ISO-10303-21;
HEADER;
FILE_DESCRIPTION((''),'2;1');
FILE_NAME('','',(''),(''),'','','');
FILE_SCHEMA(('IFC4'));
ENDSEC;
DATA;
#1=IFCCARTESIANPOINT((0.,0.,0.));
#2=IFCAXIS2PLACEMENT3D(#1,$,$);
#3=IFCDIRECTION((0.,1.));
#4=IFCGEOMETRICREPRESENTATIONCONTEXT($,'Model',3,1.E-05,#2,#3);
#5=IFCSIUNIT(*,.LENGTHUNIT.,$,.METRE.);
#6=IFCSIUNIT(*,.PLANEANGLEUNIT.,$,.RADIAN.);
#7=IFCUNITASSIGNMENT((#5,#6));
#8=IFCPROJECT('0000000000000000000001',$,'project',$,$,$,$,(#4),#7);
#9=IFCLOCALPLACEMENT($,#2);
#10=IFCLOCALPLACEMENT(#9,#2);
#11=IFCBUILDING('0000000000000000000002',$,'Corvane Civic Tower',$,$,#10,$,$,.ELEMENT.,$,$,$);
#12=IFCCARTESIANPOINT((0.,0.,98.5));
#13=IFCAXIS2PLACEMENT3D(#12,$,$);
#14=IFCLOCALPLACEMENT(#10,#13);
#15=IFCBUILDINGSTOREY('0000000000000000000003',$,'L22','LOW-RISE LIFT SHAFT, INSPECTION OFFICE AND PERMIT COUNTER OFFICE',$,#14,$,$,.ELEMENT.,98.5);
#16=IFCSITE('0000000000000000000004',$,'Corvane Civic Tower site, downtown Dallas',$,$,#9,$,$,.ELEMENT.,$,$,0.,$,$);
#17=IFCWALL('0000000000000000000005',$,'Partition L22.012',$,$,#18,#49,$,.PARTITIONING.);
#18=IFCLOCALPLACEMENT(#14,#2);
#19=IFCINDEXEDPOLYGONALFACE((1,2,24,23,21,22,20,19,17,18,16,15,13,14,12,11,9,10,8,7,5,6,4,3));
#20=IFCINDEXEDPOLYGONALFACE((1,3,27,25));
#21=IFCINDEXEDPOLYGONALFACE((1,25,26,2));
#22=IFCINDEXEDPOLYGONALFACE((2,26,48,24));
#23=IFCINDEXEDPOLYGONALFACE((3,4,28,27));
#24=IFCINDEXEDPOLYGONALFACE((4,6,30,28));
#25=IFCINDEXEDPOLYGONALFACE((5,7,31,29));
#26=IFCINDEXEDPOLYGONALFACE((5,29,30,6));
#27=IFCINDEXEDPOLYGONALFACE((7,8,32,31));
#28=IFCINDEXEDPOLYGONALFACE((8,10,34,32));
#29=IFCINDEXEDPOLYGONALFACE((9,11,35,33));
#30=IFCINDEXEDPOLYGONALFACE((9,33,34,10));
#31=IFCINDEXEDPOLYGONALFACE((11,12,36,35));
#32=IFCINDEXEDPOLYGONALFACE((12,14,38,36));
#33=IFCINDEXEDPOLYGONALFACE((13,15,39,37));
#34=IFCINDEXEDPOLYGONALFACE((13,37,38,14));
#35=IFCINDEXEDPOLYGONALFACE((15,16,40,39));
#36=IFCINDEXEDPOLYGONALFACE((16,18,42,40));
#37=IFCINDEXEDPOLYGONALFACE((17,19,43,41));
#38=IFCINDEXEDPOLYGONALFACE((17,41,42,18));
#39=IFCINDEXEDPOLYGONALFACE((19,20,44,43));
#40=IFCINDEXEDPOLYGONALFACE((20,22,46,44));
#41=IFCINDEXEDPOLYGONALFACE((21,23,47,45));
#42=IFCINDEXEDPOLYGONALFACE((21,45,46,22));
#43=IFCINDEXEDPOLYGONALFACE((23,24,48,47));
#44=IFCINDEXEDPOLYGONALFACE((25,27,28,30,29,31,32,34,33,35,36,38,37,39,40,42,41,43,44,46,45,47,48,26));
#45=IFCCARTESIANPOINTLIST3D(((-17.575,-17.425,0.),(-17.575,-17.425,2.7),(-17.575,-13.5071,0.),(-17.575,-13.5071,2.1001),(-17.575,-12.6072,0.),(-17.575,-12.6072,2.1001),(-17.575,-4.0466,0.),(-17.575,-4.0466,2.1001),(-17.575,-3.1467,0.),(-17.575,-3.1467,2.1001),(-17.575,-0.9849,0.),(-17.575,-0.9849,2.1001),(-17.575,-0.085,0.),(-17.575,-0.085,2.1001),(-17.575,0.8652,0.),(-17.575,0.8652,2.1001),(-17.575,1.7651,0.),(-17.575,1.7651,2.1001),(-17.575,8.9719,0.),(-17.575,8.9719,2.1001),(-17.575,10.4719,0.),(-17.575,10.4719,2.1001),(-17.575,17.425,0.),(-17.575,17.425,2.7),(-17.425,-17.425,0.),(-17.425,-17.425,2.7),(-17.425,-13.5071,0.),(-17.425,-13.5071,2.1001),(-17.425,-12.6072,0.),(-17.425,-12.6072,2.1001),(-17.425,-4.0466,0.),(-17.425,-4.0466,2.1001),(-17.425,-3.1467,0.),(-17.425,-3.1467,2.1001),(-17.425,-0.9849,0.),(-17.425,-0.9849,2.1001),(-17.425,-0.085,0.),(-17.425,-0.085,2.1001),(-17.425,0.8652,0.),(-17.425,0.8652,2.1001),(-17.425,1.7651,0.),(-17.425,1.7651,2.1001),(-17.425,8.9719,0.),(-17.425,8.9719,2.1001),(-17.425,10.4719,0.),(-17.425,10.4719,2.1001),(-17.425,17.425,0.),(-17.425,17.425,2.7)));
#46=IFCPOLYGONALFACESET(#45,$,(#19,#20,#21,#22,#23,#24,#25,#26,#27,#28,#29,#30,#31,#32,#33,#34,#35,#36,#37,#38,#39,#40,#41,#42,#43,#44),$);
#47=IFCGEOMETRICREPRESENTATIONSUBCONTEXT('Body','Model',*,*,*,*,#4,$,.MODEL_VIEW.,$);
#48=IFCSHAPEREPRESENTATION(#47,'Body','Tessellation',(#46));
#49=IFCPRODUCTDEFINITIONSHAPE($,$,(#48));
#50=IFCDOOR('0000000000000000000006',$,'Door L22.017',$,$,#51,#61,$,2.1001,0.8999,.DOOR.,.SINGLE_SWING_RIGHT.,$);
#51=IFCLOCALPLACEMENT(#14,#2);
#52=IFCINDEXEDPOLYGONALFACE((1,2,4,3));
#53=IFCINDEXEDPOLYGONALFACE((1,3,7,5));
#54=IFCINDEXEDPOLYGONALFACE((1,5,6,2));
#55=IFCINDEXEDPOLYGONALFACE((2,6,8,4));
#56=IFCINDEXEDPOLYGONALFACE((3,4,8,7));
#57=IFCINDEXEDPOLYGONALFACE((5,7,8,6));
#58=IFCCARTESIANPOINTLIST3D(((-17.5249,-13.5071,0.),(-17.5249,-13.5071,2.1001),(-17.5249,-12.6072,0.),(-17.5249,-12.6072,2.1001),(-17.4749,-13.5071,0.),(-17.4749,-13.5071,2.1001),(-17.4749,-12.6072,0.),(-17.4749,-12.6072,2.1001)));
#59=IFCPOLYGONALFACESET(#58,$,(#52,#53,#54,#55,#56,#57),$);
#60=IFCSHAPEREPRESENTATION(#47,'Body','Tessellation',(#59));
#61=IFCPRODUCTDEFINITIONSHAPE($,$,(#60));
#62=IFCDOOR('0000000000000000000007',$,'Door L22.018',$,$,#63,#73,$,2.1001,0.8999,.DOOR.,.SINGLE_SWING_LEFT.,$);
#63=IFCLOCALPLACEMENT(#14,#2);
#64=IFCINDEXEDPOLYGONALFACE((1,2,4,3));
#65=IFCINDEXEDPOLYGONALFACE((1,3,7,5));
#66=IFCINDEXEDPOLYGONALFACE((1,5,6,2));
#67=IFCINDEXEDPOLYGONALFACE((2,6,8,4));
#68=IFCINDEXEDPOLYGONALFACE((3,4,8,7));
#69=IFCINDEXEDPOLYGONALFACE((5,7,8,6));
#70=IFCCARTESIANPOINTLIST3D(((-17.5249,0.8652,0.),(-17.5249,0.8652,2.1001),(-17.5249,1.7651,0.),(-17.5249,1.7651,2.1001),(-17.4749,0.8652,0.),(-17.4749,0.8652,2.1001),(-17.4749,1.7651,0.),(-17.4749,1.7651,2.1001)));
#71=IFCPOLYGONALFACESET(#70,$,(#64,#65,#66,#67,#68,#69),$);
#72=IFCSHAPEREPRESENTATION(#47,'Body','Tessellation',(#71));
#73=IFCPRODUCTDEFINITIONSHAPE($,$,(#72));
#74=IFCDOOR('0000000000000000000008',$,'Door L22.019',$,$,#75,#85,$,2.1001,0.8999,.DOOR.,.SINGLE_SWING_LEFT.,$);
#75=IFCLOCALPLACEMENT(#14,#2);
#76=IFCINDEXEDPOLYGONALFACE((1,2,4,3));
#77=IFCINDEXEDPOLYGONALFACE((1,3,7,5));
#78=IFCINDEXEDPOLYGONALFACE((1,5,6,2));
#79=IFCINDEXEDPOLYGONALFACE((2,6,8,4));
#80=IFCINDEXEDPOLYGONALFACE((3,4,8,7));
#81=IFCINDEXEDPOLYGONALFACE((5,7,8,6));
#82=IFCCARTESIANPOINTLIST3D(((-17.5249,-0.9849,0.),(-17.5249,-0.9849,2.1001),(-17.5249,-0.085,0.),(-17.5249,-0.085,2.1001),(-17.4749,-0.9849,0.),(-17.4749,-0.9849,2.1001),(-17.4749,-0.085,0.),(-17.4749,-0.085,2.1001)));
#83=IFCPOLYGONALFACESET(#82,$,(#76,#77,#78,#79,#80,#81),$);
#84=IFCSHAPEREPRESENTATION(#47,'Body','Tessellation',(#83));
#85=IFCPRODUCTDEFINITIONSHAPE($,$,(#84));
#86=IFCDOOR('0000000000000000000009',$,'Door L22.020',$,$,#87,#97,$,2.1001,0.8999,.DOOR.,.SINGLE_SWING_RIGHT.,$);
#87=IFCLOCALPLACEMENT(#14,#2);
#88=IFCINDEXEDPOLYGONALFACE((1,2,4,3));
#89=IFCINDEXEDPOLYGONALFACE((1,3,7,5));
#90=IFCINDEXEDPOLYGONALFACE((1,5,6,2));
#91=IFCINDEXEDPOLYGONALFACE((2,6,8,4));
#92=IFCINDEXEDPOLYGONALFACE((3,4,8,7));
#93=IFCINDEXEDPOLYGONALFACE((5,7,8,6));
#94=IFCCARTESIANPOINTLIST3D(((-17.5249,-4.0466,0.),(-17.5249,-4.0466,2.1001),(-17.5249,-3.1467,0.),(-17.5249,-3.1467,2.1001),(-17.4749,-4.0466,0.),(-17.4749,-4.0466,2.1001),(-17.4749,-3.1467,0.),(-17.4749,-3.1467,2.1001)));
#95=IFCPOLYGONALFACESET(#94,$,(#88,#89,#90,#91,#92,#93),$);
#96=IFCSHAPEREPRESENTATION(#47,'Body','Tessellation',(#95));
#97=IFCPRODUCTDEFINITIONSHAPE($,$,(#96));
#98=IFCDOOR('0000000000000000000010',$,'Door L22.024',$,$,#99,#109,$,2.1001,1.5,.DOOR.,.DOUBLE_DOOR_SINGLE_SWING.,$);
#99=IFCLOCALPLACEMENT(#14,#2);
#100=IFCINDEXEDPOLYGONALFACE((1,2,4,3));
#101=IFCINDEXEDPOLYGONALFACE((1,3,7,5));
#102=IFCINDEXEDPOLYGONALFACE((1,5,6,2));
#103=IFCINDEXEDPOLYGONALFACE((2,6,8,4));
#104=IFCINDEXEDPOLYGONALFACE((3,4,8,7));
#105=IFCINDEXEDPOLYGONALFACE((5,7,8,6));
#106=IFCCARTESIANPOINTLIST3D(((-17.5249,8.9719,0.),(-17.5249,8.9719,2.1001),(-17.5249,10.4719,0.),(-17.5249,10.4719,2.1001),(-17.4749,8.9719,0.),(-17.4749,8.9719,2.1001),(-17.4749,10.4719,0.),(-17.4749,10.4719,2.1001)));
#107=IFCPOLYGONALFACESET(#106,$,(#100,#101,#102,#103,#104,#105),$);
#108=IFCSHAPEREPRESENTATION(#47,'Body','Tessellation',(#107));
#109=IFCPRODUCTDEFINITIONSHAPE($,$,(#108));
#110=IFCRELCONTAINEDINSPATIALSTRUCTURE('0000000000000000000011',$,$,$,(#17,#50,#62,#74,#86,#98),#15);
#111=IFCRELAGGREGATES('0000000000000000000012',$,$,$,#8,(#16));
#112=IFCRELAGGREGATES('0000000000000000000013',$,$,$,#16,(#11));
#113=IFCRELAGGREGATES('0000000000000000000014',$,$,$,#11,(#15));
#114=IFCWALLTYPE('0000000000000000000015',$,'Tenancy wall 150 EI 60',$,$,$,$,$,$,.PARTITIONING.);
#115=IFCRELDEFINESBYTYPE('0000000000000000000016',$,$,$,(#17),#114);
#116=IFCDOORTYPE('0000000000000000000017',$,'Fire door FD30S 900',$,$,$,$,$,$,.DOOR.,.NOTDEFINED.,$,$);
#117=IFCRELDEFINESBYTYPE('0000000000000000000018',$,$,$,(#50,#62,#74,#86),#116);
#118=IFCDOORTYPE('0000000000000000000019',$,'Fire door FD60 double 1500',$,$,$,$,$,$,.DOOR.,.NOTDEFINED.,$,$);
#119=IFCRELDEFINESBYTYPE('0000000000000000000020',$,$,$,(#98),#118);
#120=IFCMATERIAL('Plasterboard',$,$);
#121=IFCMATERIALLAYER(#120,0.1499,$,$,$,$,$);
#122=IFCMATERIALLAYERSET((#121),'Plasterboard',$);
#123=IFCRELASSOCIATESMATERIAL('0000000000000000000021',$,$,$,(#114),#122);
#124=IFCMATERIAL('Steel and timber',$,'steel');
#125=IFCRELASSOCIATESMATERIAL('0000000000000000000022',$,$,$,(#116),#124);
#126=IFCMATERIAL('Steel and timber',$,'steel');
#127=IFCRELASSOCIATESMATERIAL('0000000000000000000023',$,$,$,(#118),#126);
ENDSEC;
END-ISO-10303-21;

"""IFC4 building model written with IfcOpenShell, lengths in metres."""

from ifc_helpers import new_model, si_unit, direction, frame, frame_2d, origin, place, context, subcontext, project, spatial, rectangle, extrude, material, layer, layer_set, type_object, element, fill, save


model = new_model("IFC4")

# Units and contexts
model_context = context("Model", 3, precision=1e-05, world=origin(), true_north=direction((0.0, 1.0)))
body_context = subcontext(model_context, "Body", "Model", "MODEL_VIEW")
ifc_project = project(units=[si_unit("LENGTHUNIT", "METRE"), si_unit("PLANEANGLEUNIT", "RADIAN")], contexts=[model_context])

# Site, building, storey
site_placement = place(None, origin())
site = spatial("IfcSite", under=ifc_project, at=site_placement, Name="Corvane Civic Tower site, downtown Dallas", CompositionType="ELEMENT", RefElevation=0.0)
building_placement = place(site_placement, origin())
building = spatial("IfcBuilding", under=site, at=building_placement, Name="Corvane Civic Tower", CompositionType="ELEMENT")
storey_placement = place(building_placement, frame((0.0, 0.0, 98.5)))
storey = spatial("IfcBuildingStorey", under=building, at=storey_placement, Name="L22", Description="LOW-RISE LIFT SHAFT, INSPECTION OFFICE AND PERMIT COUNTER OFFICE", CompositionType="ELEMENT", Elevation=98.5)

# Wall, openings, doors
ifc_material_1 = material(Name="Plasterboard")
ifc_layer_1 = layer(ifc_material_1, 0.1499)
ifc_layer_set_1 = layer_set([ifc_layer_1], Name="Plasterboard")
wall_type_1 = type_object("IfcWallType", Name="Tenancy wall 150 EI 60", PredefinedType="PARTITIONING", material=ifc_layer_set_1)
wall_1_placement = place(storey_placement, frame((-17.5, -17.425, 0.0), z_axis=(0.0, 0.0, 1.0), x_axis=(0.0, 1.0, 0.0)))
wall_1 = element("IfcWall", 1, at=wall_1_placement, inside=storey, type_object=wall_type_1, Name="Partition L22.012", PredefinedType="PARTITIONING", context=body_context, shape_type="SweptSolid", body=[
    extrude(rectangle(XDim=34.8501, YDim=0.1499, at=frame_2d((17.425, 0.0))), origin(), (0.0, 0.0, 1.0), 2.7),
])
opening_1_placement = place(wall_1_placement, frame((3.918, 0.0, 0.0)))
opening_1 = element("IfcOpeningElement", 2, at=opening_1_placement, cuts=wall_1, PredefinedType="OPENING", context=body_context, shape_type="SweptSolid", body=[
    extrude(rectangle(XDim=0.8999, YDim=2.1001, at=frame_2d((0.45, 1.05))), frame((0.0, 0.085, 0.0), z_axis=(0.0, -1.0, 0.0), x_axis=(1.0, 0.0, 0.0)), (0.0, 0.0, 1.0), 0.1699),
])
opening_2_placement = place(wall_1_placement, frame((18.2903, 0.0, 0.0)))
opening_2 = element("IfcOpeningElement", 3, at=opening_2_placement, cuts=wall_1, PredefinedType="OPENING", context=body_context, shape_type="SweptSolid", body=[
    extrude(rectangle(XDim=0.8999, YDim=2.1001, at=frame_2d((0.45, 1.05))), frame((0.0, 0.085, 0.0), z_axis=(0.0, -1.0, 0.0), x_axis=(1.0, 0.0, 0.0)), (0.0, 0.0, 1.0), 0.1699),
])
opening_3_placement = place(wall_1_placement, frame((16.4402, 0.0, 0.0)))
opening_3 = element("IfcOpeningElement", 4, at=opening_3_placement, cuts=wall_1, PredefinedType="OPENING", context=body_context, shape_type="SweptSolid", body=[
    extrude(rectangle(XDim=0.8999, YDim=2.1001, at=frame_2d((0.45, 1.05))), frame((0.0, 0.085, 0.0), z_axis=(0.0, -1.0, 0.0), x_axis=(1.0, 0.0, 0.0)), (0.0, 0.0, 1.0), 0.1699),
])
opening_4_placement = place(wall_1_placement, frame((13.3784, 0.0, 0.0)))
opening_4 = element("IfcOpeningElement", 5, at=opening_4_placement, cuts=wall_1, PredefinedType="OPENING", context=body_context, shape_type="SweptSolid", body=[
    extrude(rectangle(XDim=0.8999, YDim=2.1001, at=frame_2d((0.45, 1.05))), frame((0.0, 0.085, 0.0), z_axis=(0.0, -1.0, 0.0), x_axis=(1.0, 0.0, 0.0)), (0.0, 0.0, 1.0), 0.1699),
])
opening_5_placement = place(wall_1_placement, frame((26.397, 0.0, 0.0)))
opening_5 = element("IfcOpeningElement", 6, at=opening_5_placement, cuts=wall_1, PredefinedType="OPENING", context=body_context, shape_type="SweptSolid", body=[
    extrude(rectangle(XDim=1.5, YDim=2.1001, at=frame_2d((0.75, 1.05))), frame((0.0, 0.085, 0.0), z_axis=(0.0, -1.0, 0.0), x_axis=(1.0, 0.0, 0.0)), (0.0, 0.0, 1.0), 0.1699),
])
ifc_material_2 = material(Name="Steel and timber", Category="steel")
door_type_1 = type_object("IfcDoorType", Name="Fire door FD30S 900", OperationType="NOTDEFINED", PredefinedType="DOOR", material=ifc_material_2)
door_1_placement = place(opening_1_placement, origin())
door_1 = element("IfcDoor", 7, at=door_1_placement, inside=storey, type_object=door_type_1, Name="Door L22.017", OperationType="SINGLE_SWING_RIGHT", OverallHeight=2.1001, OverallWidth=0.8999, PredefinedType="DOOR", context=body_context, shape_type="SweptSolid", body=[
    extrude(rectangle(XDim=0.8999, YDim=2.1001, at=frame_2d((0.45, 1.05))), frame((0.0, 0.0249, 0.0), z_axis=(0.0, -1.0, 0.0), x_axis=(1.0, 0.0, 0.0)), (0.0, 0.0, 1.0), 0.05),
])
fill(opening_1, door_1)
door_2_placement = place(opening_2_placement, origin())
door_2 = element("IfcDoor", 8, at=door_2_placement, inside=storey, type_object=door_type_1, Name="Door L22.018", OperationType="SINGLE_SWING_LEFT", OverallHeight=2.1001, OverallWidth=0.8999, PredefinedType="DOOR", context=body_context, shape_type="SweptSolid", body=[
    extrude(rectangle(XDim=0.8999, YDim=2.1001, at=frame_2d((0.45, 1.05))), frame((0.0, 0.0249, 0.0), z_axis=(0.0, -1.0, 0.0), x_axis=(1.0, 0.0, 0.0)), (0.0, 0.0, 1.0), 0.05),
])
fill(opening_2, door_2)
door_3_placement = place(opening_3_placement, origin())
door_3 = element("IfcDoor", 9, at=door_3_placement, inside=storey, type_object=door_type_1, Name="Door L22.019", OperationType="SINGLE_SWING_LEFT", OverallHeight=2.1001, OverallWidth=0.8999, PredefinedType="DOOR", context=body_context, shape_type="SweptSolid", body=[
    extrude(rectangle(XDim=0.8999, YDim=2.1001, at=frame_2d((0.45, 1.05))), frame((0.0, 0.0249, 0.0), z_axis=(0.0, -1.0, 0.0), x_axis=(1.0, 0.0, 0.0)), (0.0, 0.0, 1.0), 0.05),
])
fill(opening_3, door_3)
door_4_placement = place(opening_4_placement, origin())
door_4 = element("IfcDoor", 10, at=door_4_placement, inside=storey, type_object=door_type_1, Name="Door L22.020", OperationType="SINGLE_SWING_RIGHT", OverallHeight=2.1001, OverallWidth=0.8999, PredefinedType="DOOR", context=body_context, shape_type="SweptSolid", body=[
    extrude(rectangle(XDim=0.8999, YDim=2.1001, at=frame_2d((0.45, 1.05))), frame((0.0, 0.0249, 0.0), z_axis=(0.0, -1.0, 0.0), x_axis=(1.0, 0.0, 0.0)), (0.0, 0.0, 1.0), 0.05),
])
fill(opening_4, door_4)
ifc_material_3 = material(Name="Steel and timber", Category="steel")
door_type_2 = type_object("IfcDoorType", Name="Fire door FD60 double 1500", OperationType="NOTDEFINED", PredefinedType="DOOR", material=ifc_material_3)
door_5_placement = place(opening_5_placement, origin())
door_5 = element("IfcDoor", 11, at=door_5_placement, inside=storey, type_object=door_type_2, Name="Door L22.024", OperationType="DOUBLE_DOOR_SINGLE_SWING", OverallHeight=2.1001, OverallWidth=1.5, PredefinedType="DOOR", context=body_context, shape_type="SweptSolid", body=[
    extrude(rectangle(XDim=1.5, YDim=2.1001, at=frame_2d((0.75, 1.05))), frame((0.0, 0.0249, 0.0), z_axis=(0.0, -1.0, 0.0), x_axis=(1.0, 0.0, 0.0)), (0.0, 0.0, 1.0), 0.05),
])
fill(opening_5, door_5)

save(model, "model.ifc")
